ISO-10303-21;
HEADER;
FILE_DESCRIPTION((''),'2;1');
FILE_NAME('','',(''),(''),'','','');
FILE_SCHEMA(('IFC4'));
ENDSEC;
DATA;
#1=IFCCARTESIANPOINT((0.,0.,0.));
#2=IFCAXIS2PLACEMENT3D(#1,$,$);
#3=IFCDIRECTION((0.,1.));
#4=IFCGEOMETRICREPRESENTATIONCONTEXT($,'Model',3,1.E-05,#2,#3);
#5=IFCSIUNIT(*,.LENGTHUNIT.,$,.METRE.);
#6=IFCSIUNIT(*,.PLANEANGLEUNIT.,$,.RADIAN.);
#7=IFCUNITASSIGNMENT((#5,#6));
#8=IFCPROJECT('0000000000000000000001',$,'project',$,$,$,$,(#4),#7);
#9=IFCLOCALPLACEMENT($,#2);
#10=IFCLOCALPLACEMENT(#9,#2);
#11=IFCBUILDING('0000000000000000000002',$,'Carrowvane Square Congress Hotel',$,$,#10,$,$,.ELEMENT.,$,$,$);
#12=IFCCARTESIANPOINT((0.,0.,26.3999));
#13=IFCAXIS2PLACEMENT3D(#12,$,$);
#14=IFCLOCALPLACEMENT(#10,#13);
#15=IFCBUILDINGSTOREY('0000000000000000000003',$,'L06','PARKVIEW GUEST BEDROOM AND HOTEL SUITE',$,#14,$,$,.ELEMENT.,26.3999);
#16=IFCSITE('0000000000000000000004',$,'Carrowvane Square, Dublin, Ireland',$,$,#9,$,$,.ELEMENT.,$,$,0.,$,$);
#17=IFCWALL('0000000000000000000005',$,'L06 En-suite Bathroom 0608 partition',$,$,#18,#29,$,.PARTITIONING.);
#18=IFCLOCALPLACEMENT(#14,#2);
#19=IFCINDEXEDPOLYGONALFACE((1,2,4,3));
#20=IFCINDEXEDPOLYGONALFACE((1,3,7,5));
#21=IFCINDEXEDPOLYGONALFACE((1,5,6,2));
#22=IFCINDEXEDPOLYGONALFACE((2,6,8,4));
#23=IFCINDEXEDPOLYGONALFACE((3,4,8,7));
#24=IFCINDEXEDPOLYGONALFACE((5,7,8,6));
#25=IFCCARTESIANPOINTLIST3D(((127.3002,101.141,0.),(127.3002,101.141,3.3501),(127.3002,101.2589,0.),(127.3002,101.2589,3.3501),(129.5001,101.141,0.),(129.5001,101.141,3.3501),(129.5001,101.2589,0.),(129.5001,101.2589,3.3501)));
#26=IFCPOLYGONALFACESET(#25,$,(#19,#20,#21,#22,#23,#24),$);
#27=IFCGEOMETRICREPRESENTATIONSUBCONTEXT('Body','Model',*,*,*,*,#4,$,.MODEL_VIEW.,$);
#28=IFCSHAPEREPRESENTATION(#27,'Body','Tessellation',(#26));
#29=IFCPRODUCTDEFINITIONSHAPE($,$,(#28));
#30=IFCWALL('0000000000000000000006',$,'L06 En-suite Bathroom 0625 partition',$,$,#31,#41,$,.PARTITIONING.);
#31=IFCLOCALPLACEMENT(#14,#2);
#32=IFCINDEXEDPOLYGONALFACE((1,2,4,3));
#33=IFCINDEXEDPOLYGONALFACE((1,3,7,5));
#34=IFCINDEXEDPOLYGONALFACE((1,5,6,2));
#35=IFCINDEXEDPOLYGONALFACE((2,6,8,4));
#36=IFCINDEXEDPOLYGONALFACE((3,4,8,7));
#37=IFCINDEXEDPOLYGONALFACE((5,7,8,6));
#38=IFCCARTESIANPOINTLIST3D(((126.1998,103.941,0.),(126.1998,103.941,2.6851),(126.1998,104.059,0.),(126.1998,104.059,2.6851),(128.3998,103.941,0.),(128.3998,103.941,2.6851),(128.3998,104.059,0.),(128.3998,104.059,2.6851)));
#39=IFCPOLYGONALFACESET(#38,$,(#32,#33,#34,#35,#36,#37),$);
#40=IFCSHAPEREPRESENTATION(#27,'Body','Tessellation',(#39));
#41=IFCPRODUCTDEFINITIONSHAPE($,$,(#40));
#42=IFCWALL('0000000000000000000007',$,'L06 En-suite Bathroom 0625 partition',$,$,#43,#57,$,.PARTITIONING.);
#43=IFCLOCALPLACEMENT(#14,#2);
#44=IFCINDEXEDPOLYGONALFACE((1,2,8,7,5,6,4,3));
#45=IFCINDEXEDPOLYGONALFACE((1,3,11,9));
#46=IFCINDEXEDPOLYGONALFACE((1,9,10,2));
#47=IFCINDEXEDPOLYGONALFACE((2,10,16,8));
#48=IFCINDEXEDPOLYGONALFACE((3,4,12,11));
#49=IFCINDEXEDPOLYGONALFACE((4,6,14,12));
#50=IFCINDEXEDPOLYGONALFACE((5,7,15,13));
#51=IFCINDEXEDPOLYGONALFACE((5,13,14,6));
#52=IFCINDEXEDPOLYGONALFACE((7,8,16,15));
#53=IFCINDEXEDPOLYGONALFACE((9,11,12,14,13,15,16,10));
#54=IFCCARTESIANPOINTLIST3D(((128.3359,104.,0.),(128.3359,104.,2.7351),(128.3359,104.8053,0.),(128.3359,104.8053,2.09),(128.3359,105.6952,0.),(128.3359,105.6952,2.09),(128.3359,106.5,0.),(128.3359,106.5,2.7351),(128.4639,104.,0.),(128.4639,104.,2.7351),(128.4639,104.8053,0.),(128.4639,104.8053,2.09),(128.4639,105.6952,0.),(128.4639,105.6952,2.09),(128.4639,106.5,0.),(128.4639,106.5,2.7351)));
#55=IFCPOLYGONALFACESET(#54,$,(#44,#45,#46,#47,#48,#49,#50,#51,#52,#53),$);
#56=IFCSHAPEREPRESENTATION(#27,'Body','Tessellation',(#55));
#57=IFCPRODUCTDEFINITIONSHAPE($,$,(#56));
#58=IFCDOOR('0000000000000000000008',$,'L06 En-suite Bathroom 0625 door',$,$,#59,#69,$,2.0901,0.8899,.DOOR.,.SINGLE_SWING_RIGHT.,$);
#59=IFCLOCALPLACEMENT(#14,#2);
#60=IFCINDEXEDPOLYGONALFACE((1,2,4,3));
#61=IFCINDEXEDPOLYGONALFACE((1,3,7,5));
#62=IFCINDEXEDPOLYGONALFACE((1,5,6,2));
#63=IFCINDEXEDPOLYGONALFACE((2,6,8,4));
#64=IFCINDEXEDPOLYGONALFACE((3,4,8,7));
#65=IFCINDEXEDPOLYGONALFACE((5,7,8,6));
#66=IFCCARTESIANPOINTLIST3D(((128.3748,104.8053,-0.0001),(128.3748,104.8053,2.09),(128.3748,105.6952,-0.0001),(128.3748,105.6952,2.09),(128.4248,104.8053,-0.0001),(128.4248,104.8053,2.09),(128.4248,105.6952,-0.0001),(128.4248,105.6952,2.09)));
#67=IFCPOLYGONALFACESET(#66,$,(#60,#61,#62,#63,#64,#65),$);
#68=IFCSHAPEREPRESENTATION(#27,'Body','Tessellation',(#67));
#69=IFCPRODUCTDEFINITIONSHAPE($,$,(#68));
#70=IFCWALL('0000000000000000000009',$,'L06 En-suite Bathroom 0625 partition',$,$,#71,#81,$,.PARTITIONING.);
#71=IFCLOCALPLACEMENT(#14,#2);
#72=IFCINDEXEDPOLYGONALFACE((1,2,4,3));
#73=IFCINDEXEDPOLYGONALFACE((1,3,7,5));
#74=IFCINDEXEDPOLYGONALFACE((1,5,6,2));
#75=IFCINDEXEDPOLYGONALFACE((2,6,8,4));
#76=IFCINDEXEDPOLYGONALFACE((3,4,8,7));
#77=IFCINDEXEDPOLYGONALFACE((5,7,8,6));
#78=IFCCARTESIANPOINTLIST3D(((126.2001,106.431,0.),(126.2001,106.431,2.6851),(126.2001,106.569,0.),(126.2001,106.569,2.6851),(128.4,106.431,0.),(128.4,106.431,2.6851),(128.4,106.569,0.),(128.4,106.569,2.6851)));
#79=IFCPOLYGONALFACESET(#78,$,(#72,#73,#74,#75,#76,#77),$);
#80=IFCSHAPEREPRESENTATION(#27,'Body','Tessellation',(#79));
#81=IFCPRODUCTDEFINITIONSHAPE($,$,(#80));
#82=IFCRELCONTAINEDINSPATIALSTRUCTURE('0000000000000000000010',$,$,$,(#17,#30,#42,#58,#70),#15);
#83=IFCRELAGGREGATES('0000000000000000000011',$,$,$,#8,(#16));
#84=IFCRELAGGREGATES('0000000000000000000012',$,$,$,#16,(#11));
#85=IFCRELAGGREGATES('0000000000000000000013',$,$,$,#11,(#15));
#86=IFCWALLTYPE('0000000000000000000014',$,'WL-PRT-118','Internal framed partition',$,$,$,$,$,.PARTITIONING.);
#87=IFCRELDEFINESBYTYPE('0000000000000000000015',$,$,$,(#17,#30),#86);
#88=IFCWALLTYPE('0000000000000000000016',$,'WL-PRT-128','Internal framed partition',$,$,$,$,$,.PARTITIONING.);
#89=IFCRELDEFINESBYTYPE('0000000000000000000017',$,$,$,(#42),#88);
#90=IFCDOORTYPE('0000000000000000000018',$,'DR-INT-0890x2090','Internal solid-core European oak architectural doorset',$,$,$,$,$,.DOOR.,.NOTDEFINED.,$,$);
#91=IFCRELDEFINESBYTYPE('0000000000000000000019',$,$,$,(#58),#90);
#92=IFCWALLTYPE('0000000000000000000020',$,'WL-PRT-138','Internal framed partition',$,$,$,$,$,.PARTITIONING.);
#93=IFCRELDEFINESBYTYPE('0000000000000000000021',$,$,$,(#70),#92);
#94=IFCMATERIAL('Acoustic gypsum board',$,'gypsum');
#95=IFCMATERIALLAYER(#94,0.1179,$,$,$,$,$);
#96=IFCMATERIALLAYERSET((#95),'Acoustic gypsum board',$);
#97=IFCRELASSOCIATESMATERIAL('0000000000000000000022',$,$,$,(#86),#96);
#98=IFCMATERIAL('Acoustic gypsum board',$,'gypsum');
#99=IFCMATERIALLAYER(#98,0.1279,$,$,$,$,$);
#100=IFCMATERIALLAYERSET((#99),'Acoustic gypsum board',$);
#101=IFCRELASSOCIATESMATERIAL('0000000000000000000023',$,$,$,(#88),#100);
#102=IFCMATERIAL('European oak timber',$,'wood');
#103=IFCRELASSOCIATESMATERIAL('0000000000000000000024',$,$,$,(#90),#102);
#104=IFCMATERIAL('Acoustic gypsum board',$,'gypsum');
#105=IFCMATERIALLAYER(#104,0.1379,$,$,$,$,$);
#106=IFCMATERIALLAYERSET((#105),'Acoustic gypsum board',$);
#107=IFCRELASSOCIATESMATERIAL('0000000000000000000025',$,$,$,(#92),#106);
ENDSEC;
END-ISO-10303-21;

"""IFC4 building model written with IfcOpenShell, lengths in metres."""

from ifc_helpers import new_model, si_unit, direction, frame, frame_2d, origin, place, context, subcontext, project, spatial, rectangle, extrude, material, layer, layer_set, type_object, element, fill, save


model = new_model("IFC4")

# Units and contexts
model_context = context("Model", 3, precision=1e-05, world=origin(), true_north=direction((0.0, 1.0)))
body_context = subcontext(model_context, "Body", "Model", "MODEL_VIEW")
ifc_project = project(units=[si_unit("LENGTHUNIT", "METRE"), si_unit("PLANEANGLEUNIT", "RADIAN")], contexts=[model_context])

# Site, building, storey
site_placement = place(None, origin())
site = spatial("IfcSite", under=ifc_project, at=site_placement, Name="Carrowvane Square, Dublin, Ireland", CompositionType="ELEMENT", RefElevation=0.0)
building_placement = place(site_placement, origin())
building = spatial("IfcBuilding", under=site, at=building_placement, Name="Carrowvane Square Congress Hotel", CompositionType="ELEMENT")
storey_placement = place(building_placement, frame((0.0, 0.0, 26.3999)))
storey = spatial("IfcBuildingStorey", under=building, at=storey_placement, Name="L06", Description="PARKVIEW GUEST BEDROOM AND HOTEL SUITE", CompositionType="ELEMENT", Elevation=26.3999)

# Walls
ifc_material_1 = material(Name="Acoustic gypsum board", Category="gypsum")
ifc_layer_1 = layer(ifc_material_1, 0.1179)
ifc_layer_set_1 = layer_set([ifc_layer_1], Name="Acoustic gypsum board")
wall_type_1 = type_object("IfcWallType", Name="WL-PRT-118", Description="Internal framed partition", PredefinedType="PARTITIONING", material=ifc_layer_set_1)
wall_1_placement = place(storey_placement, frame((127.3, 101.2, 0.0), z_axis=(0.0, 0.0, 1.0), x_axis=(1.0, 0.0, 0.0)))
element("IfcWall", 1, at=wall_1_placement, inside=storey, type_object=wall_type_1, Name="L06 En-suite Bathroom 0608 partition", PredefinedType="PARTITIONING", context=body_context, shape_type="SweptSolid", body=[
    extrude(rectangle(XDim=2.2, YDim=0.1179, at=frame_2d((1.1001, 0.0))), origin(), (0.0, 0.0, 1.0), 3.3501),
])
wall_2_placement = place(storey_placement, frame((128.3999, 104.0, 0.0), z_axis=(0.0, 0.0, 1.0), x_axis=(-1.0, 0.0, 0.0)))
element("IfcWall", 2, at=wall_2_placement, inside=storey, type_object=wall_type_1, Name="L06 En-suite Bathroom 0625 partition", PredefinedType="PARTITIONING", context=body_context, shape_type="SweptSolid", body=[
    extrude(rectangle(XDim=2.2, YDim=0.1179, at=frame_2d((1.1001, 0.0))), origin(), (0.0, 0.0, 1.0), 2.6851),
])

# Wall, opening, door
ifc_material_2 = material(Name="Acoustic gypsum board", Category="gypsum")
ifc_layer_2 = layer(ifc_material_2, 0.1279)
ifc_layer_set_2 = layer_set([ifc_layer_2], Name="Acoustic gypsum board")
wall_type_2 = type_object("IfcWallType", Name="WL-PRT-128", Description="Internal framed partition", PredefinedType="PARTITIONING", material=ifc_layer_set_2)
wall_3_placement = place(storey_placement, frame((128.3999, 106.5, 0.0), z_axis=(0.0, 0.0, 1.0), x_axis=(0.0, -1.0, 0.0)))
wall_3 = element("IfcWall", 3, at=wall_3_placement, inside=storey, type_object=wall_type_2, Name="L06 En-suite Bathroom 0625 partition", PredefinedType="PARTITIONING", context=body_context, shape_type="SweptSolid", body=[
    extrude(rectangle(XDim=2.5, YDim=0.1279, at=frame_2d((1.25, 0.0))), origin(), (0.0, 0.0, 1.0), 2.7351),
])
opening_1_placement = place(wall_3_placement, frame((0.8049, 0.0, 0.0)))
opening_1 = element("IfcOpeningElement", 4, at=opening_1_placement, cuts=wall_3, PredefinedType="OPENING", context=body_context, shape_type="SweptSolid", body=[
    extrude(rectangle(XDim=0.8899, YDim=2.0901, at=frame_2d((0.4448, 1.0449))), frame((0.0, 0.074, 0.0), z_axis=(0.0, -1.0, 0.0), x_axis=(1.0, 0.0, 0.0)), (0.0, 0.0, 1.0), 0.1479),
])
ifc_material_3 = material(Name="European oak timber", Category="wood")
door_type_1 = type_object("IfcDoorType", Name="DR-INT-0890x2090", Description="Internal solid-core European oak architectural doorset", OperationType="NOTDEFINED", PredefinedType="DOOR", material=ifc_material_3)
door_1_placement = place(opening_1_placement, origin())
door_1 = element("IfcDoor", 5, at=door_1_placement, inside=storey, type_object=door_type_1, Name="L06 En-suite Bathroom 0625 door", OperationType="SINGLE_SWING_RIGHT", OverallHeight=2.0901, OverallWidth=0.8899, PredefinedType="DOOR", context=body_context, shape_type="SweptSolid", body=[
    extrude(rectangle(XDim=0.8899, YDim=2.0901, at=frame_2d((0.4448, 1.0449))), frame((0.0, 0.0249, 0.0), z_axis=(0.0, -1.0, 0.0), x_axis=(1.0, 0.0, 0.0)), (0.0, 0.0, 1.0), 0.05),
])
fill(opening_1, door_1)

# Wall
ifc_material_4 = material(Name="Acoustic gypsum board", Category="gypsum")
ifc_layer_3 = layer(ifc_material_4, 0.1379)
ifc_layer_set_3 = layer_set([ifc_layer_3], Name="Acoustic gypsum board")
wall_type_3 = type_object("IfcWallType", Name="WL-PRT-138", Description="Internal framed partition", PredefinedType="PARTITIONING", material=ifc_layer_set_3)
wall_4_placement = place(storey_placement, frame((126.2, 106.5, 0.0), z_axis=(0.0, 0.0, 1.0), x_axis=(1.0, 0.0, 0.0)))
element("IfcWall", 6, at=wall_4_placement, inside=storey, type_object=wall_type_3, Name="L06 En-suite Bathroom 0625 partition", PredefinedType="PARTITIONING", context=body_context, shape_type="SweptSolid", body=[
    extrude(rectangle(XDim=2.2, YDim=0.1379, at=frame_2d((1.1001, 0.0))), origin(), (0.0, 0.0, 1.0), 2.6851),
])

save(model, "model.ifc")
